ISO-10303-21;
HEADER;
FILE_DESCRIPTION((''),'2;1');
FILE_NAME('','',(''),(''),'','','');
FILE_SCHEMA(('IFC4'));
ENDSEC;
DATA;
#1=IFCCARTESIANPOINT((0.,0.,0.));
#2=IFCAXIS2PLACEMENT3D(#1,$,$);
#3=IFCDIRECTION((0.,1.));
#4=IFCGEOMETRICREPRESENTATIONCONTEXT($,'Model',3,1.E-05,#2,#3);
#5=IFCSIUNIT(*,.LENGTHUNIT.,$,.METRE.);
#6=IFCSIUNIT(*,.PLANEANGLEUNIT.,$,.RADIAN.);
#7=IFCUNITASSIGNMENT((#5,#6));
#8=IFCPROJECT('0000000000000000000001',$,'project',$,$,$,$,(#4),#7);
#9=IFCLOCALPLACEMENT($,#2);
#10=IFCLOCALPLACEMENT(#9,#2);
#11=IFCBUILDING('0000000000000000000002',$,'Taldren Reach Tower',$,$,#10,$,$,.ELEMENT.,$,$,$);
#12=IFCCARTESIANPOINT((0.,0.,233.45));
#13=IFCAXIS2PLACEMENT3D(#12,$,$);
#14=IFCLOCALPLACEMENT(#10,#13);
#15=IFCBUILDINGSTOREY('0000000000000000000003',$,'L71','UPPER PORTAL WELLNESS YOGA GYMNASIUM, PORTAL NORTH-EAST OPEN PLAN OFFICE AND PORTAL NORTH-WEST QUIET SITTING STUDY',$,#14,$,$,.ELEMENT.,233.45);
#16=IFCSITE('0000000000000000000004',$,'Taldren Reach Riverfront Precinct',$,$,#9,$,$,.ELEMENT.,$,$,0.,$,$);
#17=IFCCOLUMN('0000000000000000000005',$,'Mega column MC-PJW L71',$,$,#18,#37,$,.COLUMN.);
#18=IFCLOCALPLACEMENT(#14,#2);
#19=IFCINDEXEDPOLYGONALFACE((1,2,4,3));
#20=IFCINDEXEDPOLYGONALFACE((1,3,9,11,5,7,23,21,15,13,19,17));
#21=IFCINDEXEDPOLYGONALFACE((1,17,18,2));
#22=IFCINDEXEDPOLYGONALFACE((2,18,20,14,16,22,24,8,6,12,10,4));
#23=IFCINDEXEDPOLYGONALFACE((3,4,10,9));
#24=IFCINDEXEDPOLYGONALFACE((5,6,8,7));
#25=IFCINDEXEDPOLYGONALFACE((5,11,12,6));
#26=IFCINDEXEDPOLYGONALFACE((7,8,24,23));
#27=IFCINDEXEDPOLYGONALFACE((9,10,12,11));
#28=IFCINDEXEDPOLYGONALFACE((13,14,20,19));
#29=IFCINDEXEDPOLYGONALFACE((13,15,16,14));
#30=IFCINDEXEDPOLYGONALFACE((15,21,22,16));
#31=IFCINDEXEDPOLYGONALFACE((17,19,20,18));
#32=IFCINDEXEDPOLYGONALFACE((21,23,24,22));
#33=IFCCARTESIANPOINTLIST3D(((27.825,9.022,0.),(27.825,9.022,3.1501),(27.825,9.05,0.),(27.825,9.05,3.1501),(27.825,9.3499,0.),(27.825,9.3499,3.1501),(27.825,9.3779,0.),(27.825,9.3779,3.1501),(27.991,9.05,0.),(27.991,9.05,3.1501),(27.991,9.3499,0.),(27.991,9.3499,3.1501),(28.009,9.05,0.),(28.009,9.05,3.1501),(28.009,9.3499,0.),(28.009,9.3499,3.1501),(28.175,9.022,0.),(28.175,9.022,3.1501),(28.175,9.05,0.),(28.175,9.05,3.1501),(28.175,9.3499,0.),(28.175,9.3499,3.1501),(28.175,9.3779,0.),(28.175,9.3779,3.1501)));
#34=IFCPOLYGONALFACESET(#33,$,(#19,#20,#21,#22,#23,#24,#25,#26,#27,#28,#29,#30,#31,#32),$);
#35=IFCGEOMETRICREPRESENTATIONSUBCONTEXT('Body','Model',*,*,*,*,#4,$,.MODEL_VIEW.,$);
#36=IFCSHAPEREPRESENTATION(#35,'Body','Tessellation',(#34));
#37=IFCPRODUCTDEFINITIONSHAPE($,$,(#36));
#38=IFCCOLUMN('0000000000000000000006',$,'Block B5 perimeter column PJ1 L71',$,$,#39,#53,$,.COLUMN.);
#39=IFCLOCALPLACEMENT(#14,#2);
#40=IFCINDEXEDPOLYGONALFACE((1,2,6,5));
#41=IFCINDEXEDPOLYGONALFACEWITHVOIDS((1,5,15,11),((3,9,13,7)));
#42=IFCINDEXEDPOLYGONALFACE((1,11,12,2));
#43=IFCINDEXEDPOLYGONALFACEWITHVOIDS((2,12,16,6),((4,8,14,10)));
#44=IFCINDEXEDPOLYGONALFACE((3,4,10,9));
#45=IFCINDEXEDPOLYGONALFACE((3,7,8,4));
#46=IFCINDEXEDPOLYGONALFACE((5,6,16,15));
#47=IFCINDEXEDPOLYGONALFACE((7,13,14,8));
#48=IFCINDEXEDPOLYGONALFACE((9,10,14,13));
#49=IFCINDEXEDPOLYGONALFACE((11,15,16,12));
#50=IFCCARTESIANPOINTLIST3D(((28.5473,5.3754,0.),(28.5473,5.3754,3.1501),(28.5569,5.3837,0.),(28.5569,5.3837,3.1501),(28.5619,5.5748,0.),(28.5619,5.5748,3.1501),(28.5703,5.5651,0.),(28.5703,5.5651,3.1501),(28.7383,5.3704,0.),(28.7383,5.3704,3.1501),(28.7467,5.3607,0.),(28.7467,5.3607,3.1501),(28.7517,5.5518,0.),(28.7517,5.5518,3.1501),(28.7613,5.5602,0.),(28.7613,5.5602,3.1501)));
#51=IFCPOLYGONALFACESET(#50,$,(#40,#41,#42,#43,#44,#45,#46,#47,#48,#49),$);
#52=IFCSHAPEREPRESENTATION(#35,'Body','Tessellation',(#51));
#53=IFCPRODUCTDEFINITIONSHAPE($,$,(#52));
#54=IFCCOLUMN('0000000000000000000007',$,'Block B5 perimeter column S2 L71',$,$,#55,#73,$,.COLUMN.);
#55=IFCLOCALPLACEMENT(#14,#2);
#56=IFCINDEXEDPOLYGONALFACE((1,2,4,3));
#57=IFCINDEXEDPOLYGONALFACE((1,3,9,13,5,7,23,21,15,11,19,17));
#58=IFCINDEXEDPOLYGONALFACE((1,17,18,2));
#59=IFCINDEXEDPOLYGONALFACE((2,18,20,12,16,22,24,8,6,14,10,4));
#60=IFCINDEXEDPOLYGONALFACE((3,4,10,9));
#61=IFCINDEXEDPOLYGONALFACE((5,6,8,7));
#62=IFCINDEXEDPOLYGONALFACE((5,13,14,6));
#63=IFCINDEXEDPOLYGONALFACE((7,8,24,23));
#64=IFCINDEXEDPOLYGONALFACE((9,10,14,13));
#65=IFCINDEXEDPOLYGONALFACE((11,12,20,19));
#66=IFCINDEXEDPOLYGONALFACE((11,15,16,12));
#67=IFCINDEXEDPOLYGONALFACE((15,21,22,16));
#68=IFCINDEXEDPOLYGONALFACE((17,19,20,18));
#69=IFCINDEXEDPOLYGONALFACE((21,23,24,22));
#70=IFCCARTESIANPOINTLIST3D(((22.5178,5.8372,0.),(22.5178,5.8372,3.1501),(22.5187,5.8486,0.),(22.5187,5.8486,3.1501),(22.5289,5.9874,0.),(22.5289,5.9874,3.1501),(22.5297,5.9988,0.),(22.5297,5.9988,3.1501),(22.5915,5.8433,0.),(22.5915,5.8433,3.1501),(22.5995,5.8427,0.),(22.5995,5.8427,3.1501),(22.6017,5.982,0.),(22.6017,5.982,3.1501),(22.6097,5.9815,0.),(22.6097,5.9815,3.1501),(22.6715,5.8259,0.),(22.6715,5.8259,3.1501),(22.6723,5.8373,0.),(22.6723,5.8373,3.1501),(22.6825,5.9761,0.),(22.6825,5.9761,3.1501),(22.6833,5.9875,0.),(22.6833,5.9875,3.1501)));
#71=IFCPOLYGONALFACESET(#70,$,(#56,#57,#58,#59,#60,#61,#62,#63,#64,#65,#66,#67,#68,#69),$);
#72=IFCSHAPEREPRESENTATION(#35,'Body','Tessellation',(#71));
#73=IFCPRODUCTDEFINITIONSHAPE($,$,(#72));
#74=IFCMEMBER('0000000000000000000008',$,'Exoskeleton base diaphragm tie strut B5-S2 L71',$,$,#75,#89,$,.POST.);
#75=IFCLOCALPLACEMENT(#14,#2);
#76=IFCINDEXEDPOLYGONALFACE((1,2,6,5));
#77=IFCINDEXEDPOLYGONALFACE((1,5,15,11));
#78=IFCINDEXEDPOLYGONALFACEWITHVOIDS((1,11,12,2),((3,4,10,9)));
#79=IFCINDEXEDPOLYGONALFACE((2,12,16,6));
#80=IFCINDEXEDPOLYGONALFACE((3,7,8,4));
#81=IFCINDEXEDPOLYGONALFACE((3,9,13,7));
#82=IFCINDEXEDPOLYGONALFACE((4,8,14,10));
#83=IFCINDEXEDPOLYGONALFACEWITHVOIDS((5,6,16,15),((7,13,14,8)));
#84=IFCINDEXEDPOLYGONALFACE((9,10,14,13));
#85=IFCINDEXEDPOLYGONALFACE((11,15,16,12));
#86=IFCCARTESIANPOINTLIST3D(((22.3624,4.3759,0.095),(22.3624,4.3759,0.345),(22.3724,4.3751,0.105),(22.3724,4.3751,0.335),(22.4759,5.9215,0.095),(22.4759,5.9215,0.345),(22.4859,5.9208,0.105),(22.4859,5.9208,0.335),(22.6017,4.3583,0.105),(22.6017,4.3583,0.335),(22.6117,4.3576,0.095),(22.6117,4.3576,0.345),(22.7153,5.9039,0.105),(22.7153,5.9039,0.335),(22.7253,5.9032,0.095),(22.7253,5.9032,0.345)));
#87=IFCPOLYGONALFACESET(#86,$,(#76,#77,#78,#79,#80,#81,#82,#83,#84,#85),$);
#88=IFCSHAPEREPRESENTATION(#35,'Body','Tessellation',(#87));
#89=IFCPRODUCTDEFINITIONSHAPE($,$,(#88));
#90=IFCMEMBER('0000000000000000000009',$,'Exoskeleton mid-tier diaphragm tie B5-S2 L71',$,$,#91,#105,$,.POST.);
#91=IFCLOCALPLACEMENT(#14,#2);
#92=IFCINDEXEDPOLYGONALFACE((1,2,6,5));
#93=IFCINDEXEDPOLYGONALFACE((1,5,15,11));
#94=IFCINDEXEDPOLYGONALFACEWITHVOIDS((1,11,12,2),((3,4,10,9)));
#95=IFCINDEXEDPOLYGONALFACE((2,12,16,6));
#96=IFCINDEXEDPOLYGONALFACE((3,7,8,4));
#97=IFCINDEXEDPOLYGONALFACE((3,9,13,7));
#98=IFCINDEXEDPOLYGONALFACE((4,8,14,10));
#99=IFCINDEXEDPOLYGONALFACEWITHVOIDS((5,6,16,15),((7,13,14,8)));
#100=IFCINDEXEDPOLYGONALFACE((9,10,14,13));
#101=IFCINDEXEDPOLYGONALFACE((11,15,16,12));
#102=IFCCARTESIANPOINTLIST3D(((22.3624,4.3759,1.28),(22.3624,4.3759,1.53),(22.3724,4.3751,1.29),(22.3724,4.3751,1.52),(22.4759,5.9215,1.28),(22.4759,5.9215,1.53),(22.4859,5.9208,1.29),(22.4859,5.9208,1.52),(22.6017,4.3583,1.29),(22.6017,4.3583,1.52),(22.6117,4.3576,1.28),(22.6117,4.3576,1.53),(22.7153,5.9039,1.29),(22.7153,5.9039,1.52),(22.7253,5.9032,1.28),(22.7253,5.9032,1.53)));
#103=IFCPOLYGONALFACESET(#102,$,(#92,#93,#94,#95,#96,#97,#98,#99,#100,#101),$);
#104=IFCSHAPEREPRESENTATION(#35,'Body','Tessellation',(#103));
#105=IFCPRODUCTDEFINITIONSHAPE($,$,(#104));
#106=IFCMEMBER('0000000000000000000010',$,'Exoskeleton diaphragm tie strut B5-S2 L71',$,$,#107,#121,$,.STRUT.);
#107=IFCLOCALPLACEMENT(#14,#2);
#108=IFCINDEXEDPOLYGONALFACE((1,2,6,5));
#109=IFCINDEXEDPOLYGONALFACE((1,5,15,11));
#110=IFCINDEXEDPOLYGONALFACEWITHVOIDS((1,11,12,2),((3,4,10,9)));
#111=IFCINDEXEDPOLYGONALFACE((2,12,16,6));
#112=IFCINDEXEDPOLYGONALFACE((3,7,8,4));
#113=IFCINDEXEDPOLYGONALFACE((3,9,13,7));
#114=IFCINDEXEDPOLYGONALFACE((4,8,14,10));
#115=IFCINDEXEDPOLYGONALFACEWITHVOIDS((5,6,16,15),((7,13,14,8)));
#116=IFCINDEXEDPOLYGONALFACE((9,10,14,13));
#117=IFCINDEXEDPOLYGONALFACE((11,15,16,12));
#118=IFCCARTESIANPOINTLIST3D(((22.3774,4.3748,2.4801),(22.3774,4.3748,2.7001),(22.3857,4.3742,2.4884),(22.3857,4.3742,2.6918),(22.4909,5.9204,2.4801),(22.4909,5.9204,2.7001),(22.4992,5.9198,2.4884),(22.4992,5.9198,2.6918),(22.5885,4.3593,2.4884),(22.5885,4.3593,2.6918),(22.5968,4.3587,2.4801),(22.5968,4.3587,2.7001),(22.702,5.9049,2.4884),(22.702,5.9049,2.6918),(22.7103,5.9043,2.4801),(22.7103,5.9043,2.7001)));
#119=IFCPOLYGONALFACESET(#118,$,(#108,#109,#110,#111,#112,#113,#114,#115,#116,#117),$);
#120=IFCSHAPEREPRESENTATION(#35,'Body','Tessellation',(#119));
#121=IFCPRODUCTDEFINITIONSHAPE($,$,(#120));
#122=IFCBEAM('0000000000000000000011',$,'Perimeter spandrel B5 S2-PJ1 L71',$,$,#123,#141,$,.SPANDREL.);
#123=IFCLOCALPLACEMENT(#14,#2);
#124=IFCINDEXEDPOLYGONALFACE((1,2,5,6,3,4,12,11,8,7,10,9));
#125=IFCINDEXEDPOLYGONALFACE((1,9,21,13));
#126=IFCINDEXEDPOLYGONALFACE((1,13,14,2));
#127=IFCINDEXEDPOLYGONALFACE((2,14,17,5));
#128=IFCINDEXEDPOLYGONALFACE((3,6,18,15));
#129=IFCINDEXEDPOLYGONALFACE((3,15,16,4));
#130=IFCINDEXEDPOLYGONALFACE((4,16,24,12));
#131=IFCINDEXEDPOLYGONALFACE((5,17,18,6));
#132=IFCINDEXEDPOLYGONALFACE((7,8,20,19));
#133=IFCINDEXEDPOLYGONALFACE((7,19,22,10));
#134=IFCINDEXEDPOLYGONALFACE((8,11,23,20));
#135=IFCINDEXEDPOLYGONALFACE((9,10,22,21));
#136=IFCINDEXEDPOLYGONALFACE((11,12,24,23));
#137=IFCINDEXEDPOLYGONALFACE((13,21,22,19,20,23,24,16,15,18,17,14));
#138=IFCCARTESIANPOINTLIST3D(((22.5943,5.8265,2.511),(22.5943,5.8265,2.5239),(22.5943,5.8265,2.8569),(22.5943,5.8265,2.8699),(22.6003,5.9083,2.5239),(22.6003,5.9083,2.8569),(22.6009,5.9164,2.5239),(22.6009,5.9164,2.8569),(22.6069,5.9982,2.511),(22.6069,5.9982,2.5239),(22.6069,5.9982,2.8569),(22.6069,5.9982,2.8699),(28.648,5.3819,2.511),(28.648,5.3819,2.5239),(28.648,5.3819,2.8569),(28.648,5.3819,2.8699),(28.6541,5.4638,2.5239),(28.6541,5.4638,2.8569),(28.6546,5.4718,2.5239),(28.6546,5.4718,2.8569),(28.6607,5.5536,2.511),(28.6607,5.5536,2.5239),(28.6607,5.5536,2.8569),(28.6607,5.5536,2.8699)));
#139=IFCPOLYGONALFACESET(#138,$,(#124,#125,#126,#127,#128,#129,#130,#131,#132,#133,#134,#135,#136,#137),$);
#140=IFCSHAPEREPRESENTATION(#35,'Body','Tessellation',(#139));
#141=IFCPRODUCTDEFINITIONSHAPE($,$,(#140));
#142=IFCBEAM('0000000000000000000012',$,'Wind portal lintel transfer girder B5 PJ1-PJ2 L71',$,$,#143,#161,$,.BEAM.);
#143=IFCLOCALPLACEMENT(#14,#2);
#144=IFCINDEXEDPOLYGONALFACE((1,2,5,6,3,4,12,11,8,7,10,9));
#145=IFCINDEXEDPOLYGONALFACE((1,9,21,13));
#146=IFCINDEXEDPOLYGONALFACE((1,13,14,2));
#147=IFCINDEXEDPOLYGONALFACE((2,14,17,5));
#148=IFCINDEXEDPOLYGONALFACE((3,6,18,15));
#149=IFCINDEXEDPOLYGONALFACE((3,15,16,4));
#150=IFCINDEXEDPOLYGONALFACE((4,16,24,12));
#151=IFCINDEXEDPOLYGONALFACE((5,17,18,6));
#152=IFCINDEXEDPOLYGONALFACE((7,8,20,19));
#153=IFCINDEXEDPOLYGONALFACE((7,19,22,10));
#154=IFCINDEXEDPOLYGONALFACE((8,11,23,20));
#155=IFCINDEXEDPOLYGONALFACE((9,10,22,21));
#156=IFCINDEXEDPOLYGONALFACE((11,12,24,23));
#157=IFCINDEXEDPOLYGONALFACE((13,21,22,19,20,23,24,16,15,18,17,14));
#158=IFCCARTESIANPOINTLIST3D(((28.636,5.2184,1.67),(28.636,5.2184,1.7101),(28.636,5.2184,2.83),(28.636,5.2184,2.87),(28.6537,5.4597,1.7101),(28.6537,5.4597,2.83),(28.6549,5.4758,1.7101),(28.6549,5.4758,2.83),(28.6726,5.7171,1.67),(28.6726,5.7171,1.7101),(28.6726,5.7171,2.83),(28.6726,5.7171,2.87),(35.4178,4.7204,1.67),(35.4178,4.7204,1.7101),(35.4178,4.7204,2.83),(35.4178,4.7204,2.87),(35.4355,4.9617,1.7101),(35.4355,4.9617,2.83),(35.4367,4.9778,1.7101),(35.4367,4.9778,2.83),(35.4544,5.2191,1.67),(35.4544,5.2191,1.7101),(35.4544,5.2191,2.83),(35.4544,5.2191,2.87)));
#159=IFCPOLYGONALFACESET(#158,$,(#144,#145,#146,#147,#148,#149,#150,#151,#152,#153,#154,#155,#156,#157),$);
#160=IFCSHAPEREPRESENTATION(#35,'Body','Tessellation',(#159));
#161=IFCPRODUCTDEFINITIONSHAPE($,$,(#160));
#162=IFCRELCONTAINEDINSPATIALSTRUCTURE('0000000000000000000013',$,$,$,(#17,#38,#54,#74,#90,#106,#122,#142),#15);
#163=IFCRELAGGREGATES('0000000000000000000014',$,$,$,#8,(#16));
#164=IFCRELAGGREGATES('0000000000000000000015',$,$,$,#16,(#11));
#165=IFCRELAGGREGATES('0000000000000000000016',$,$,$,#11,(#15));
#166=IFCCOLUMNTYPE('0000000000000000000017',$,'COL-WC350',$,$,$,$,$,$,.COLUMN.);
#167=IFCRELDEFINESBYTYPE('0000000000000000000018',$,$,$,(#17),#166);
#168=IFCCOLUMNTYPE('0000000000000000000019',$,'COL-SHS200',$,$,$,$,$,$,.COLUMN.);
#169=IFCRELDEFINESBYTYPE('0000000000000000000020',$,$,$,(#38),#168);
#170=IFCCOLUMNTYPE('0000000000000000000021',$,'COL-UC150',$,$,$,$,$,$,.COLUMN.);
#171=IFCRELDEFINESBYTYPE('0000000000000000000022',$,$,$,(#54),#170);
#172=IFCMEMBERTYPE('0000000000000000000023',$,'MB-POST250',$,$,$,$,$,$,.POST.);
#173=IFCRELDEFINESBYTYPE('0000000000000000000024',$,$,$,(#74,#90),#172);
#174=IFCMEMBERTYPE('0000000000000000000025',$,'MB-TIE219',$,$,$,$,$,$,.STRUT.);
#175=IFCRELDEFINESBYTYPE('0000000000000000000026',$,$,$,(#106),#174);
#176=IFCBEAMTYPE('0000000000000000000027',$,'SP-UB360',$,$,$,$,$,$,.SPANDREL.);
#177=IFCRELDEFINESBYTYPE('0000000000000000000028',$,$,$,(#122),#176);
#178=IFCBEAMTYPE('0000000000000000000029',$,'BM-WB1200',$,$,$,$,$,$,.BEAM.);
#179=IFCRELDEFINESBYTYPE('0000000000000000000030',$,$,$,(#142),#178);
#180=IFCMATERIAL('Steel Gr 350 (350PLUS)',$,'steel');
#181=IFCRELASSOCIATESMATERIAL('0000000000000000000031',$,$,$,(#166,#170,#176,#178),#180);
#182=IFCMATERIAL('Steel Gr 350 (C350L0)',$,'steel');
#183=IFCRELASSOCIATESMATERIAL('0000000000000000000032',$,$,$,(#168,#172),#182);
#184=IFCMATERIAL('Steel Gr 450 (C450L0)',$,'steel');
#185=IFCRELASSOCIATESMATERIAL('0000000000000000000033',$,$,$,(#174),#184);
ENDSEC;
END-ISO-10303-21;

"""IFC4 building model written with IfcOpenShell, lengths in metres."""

from ifc_helpers import new_model, si_unit, direction, frame, origin, origin_2d, place, context, subcontext, project, spatial, hollow_rectangle, i_section, extrude, source, transform, mapped, material, material_profile, profile_set, type_object, element, save


model = new_model("IFC4")

# Units and contexts
model_context = context("Model", 3, precision=1e-05, world=origin(), true_north=direction((0.0, 1.0)))
body_context = subcontext(model_context, "Body", "Model", "MODEL_VIEW")
ifc_project = project(units=[si_unit("LENGTHUNIT", "METRE"), si_unit("PLANEANGLEUNIT", "RADIAN")], contexts=[model_context])

# Site, building, storey
site_placement = place(None, origin())
site = spatial("IfcSite", under=ifc_project, at=site_placement, Name="Taldren Reach Riverfront Precinct", CompositionType="ELEMENT", RefElevation=0.0)
building_placement = place(site_placement, origin())
building = spatial("IfcBuilding", under=site, at=building_placement, Name="Taldren Reach Tower", CompositionType="ELEMENT")
storey_placement = place(building_placement, frame((0.0, 0.0, 233.45)))
storey = spatial("IfcBuildingStorey", under=building, at=storey_placement, Name="L71", Description="UPPER PORTAL WELLNESS YOGA GYMNASIUM, PORTAL NORTH-EAST OPEN PLAN OFFICE AND PORTAL NORTH-WEST QUIET SITTING STUDY", CompositionType="ELEMENT", Elevation=233.45)

# Columns
ifc_material_1 = material(Name="Steel Gr 350 (350PLUS)", Category="steel")
ifc_material_profile_1 = material_profile(ifc_material_1, i_section(OverallWidth=0.3501, OverallDepth=0.356, WebThickness=0.0181, FlangeThickness=0.0281, at=origin_2d()), Name="350WC197")
ifc_profile_set_1 = profile_set([ifc_material_profile_1], Name="Steel Gr 350 (350PLUS)")
column_type_1 = type_object("IfcColumnType", Name="COL-WC350", PredefinedType="COLUMN", material=ifc_profile_set_1)
shared_shape_1 = source(origin(), body_context, "Body", "SweptSolid", [
    extrude(i_section(OverallWidth=0.3501, OverallDepth=0.356, WebThickness=0.0181, FlangeThickness=0.0281, at=origin_2d()), origin(), (0.0, 0.0, 1.0), 3.1501),
])
column_1_placement = place(storey_placement, frame((28.0, 9.2, 0.0), z_axis=(0.0, 0.0, 1.0), x_axis=(1.0, 0.0, 0.0)))
element("IfcColumn", 1, at=column_1_placement, inside=storey, type_object=column_type_1, Name="Mega column MC-PJW L71", PredefinedType="COLUMN", context=body_context, shape_type="MappedRepresentation", body=[
    mapped(shared_shape_1, transform((0.0, 0.0, 0.0), scale=1.0)),
])
ifc_material_2 = material(Name="Steel Gr 350 (C350L0)", Category="steel")
ifc_material_profile_2 = material_profile(ifc_material_2, hollow_rectangle(XDim=0.2, YDim=0.2, WallThickness=0.009, at=origin_2d()), Name="200x200x9.0SHS")
ifc_profile_set_2 = profile_set([ifc_material_profile_2], Name="Steel Gr 350 (C350L0)")
column_type_2 = type_object("IfcColumnType", Name="COL-SHS200", PredefinedType="COLUMN", material=ifc_profile_set_2)
shared_shape_2 = source(origin(), body_context, "Body", "SweptSolid", [
    extrude(hollow_rectangle(XDim=0.2, YDim=0.2, WallThickness=0.009, at=origin_2d()), origin(), (0.0, 0.0, 1.0), 3.1501),
])
column_2_placement = place(storey_placement, frame((28.6543, 5.4678, 0.0), z_axis=(0.0, 0.0, 1.0), x_axis=(0.997314, -0.073238, 0.0)))
element("IfcColumn", 2, at=column_2_placement, inside=storey, type_object=column_type_2, Name="Block B5 perimeter column PJ1 L71", PredefinedType="COLUMN", context=body_context, shape_type="MappedRepresentation", body=[
    mapped(shared_shape_2, transform((0.0, 0.0, 0.0), scale=1.0)),
])
ifc_material_profile_3 = material_profile(ifc_material_1, i_section(OverallWidth=0.1541, OverallDepth=0.1621, WebThickness=0.0081, FlangeThickness=0.0115, at=origin_2d()), Name="150UC37.2")
ifc_profile_set_3 = profile_set([ifc_material_profile_3], Name="Steel Gr 350 (350PLUS)")
column_type_3 = type_object("IfcColumnType", Name="COL-UC150", PredefinedType="COLUMN", material=ifc_profile_set_3)
shared_shape_3 = source(origin(), body_context, "Body", "SweptSolid", [
    extrude(i_section(OverallWidth=0.1541, OverallDepth=0.1621, WebThickness=0.0081, FlangeThickness=0.0115, at=origin_2d()), origin(), (0.0, 0.0, 1.0), 3.1501),
])
column_3_placement = place(storey_placement, frame((22.6006, 5.9124, 0.0), z_axis=(0.0, 0.0, 1.0), x_axis=(0.997314, -0.073238, 0.0)))
element("IfcColumn", 3, at=column_3_placement, inside=storey, type_object=column_type_3, Name="Block B5 perimeter column S2 L71", PredefinedType="COLUMN", context=body_context, shape_type="MappedRepresentation", body=[
    mapped(shared_shape_3, transform((0.0, 0.0, 0.0), scale=1.0)),
])

# Members
ifc_material_profile_4 = material_profile(ifc_material_2, hollow_rectangle(XDim=0.25, YDim=0.25, WallThickness=0.01, at=origin_2d()), Name="250x250x10.0SHS")
ifc_profile_set_4 = profile_set([ifc_material_profile_4], Name="Steel Gr 350 (C350L0)")
member_type_1 = type_object("IfcMemberType", Name="MB-POST250", PredefinedType="POST", material=ifc_profile_set_4)
shared_shape_4 = source(origin(), body_context, "Body", "SweptSolid", [
    extrude(hollow_rectangle(XDim=0.25, YDim=0.25, WallThickness=0.01, at=origin_2d()), origin(), (0.0, 0.0, 1.0), 1.5498),
])
for number, where, z_axis, x_axis, name in (
    (4, (22.6006, 5.9124, 0.22), (-0.073251, -0.997314, 0.0), (0.997314, -0.073251, 0.0), "Exoskeleton base diaphragm tie strut B5-S2 L71"),
    (5, (22.6006, 5.9124, 1.405), (-0.073251, -0.997314, 0.0), (0.997314, -0.073251, 0.0), "Exoskeleton mid-tier diaphragm tie B5-S2 L71"),
):
    element("IfcMember", number, at=place(storey_placement, frame(where, z_axis=z_axis, x_axis=x_axis)), inside=storey, type_object=member_type_1, Name=name, PredefinedType="POST", context=body_context, shape_type="MappedRepresentation", body=[
        mapped(shared_shape_4, transform((0.0, 0.0, 0.0), scale=1.0)),
    ])
ifc_material_3 = material(Name="Steel Gr 450 (C450L0)", Category="steel")
ifc_material_profile_5 = material_profile(ifc_material_3, hollow_rectangle(XDim=0.22, YDim=0.22, WallThickness=0.0083, at=origin_2d()), Name="220x220x8.2SHS")
ifc_profile_set_5 = profile_set([ifc_material_profile_5], Name="Steel Gr 450 (C450L0)")
member_type_2 = type_object("IfcMemberType", Name="MB-TIE219", PredefinedType="STRUT", material=ifc_profile_set_5)
shared_shape_5 = source(origin(), body_context, "Body", "SweptSolid", [
    extrude(hollow_rectangle(XDim=0.22, YDim=0.22, WallThickness=0.0083, at=origin_2d()), origin(), (0.0, 0.0, 1.0), 1.5498),
])
member_1_placement = place(storey_placement, frame((22.6006, 5.9124, 2.5901), z_axis=(-0.073251, -0.997314, 0.0), x_axis=(0.997314, -0.073251, 0.0)))
element("IfcMember", 6, at=member_1_placement, inside=storey, type_object=member_type_2, Name="Exoskeleton diaphragm tie strut B5-S2 L71", PredefinedType="STRUT", context=body_context, shape_type="MappedRepresentation", body=[
    mapped(shared_shape_5, transform((0.0, 0.0, 0.0), scale=1.0)),
])

# Beams
ifc_material_profile_6 = material_profile(ifc_material_1, i_section(OverallWidth=0.1721, OverallDepth=0.3589, WebThickness=0.0081, FlangeThickness=0.0129, at=origin_2d()), Name="360UB56.7")
ifc_profile_set_6 = profile_set([ifc_material_profile_6], Name="Steel Gr 350 (350PLUS)")
beam_type_1 = type_object("IfcBeamType", Name="SP-UB360", PredefinedType="SPANDREL", material=ifc_profile_set_6)
shared_shape_6 = source(origin(), body_context, "Body", "SweptSolid", [
    extrude(i_section(OverallWidth=0.1721, OverallDepth=0.3589, WebThickness=0.0081, FlangeThickness=0.0129, at=origin_2d()), origin(), (0.0, 0.0, 1.0), 6.0701),
])
beam_1_placement = place(storey_placement, frame((22.6006, 5.9124, 2.6904), z_axis=(0.997314, -0.073242, 0.0), x_axis=(0.073242, 0.997314, 0.0)))
element("IfcBeam", 7, at=beam_1_placement, inside=storey, type_object=beam_type_1, Name="Perimeter spandrel B5 S2-PJ1 L71", PredefinedType="SPANDREL", context=body_context, shape_type="MappedRepresentation", body=[
    mapped(shared_shape_6, transform((0.0, 0.0, 0.0), scale=1.0)),
])
ifc_material_profile_7 = material_profile(ifc_material_1, i_section(OverallWidth=0.5, OverallDepth=1.2, WebThickness=0.0161, FlangeThickness=0.04, at=origin_2d()), Name="1200WB455")
ifc_profile_set_7 = profile_set([ifc_material_profile_7], Name="Steel Gr 350 (350PLUS)")
beam_type_2 = type_object("IfcBeamType", Name="BM-WB1200", PredefinedType="BEAM", material=ifc_profile_set_7)
shared_shape_7 = source(origin(), body_context, "Body", "SweptSolid", [
    extrude(i_section(OverallWidth=0.5, OverallDepth=1.2, WebThickness=0.0161, FlangeThickness=0.04, at=origin_2d()), origin(), (0.0, 0.0, 1.0), 6.8),
])
beam_2_placement = place(storey_placement, frame((28.6543, 5.4678, 2.27), z_axis=(0.997314, -0.073242, 0.0), x_axis=(0.073242, 0.997314, 0.0)))
element("IfcBeam", 8, at=beam_2_placement, inside=storey, type_object=beam_type_2, Name="Wind portal lintel transfer girder B5 PJ1-PJ2 L71", PredefinedType="BEAM", context=body_context, shape_type="MappedRepresentation", body=[
    mapped(shared_shape_7, transform((0.0, 0.0, 0.0), scale=1.0)),
])

save(model, "model.ifc")
